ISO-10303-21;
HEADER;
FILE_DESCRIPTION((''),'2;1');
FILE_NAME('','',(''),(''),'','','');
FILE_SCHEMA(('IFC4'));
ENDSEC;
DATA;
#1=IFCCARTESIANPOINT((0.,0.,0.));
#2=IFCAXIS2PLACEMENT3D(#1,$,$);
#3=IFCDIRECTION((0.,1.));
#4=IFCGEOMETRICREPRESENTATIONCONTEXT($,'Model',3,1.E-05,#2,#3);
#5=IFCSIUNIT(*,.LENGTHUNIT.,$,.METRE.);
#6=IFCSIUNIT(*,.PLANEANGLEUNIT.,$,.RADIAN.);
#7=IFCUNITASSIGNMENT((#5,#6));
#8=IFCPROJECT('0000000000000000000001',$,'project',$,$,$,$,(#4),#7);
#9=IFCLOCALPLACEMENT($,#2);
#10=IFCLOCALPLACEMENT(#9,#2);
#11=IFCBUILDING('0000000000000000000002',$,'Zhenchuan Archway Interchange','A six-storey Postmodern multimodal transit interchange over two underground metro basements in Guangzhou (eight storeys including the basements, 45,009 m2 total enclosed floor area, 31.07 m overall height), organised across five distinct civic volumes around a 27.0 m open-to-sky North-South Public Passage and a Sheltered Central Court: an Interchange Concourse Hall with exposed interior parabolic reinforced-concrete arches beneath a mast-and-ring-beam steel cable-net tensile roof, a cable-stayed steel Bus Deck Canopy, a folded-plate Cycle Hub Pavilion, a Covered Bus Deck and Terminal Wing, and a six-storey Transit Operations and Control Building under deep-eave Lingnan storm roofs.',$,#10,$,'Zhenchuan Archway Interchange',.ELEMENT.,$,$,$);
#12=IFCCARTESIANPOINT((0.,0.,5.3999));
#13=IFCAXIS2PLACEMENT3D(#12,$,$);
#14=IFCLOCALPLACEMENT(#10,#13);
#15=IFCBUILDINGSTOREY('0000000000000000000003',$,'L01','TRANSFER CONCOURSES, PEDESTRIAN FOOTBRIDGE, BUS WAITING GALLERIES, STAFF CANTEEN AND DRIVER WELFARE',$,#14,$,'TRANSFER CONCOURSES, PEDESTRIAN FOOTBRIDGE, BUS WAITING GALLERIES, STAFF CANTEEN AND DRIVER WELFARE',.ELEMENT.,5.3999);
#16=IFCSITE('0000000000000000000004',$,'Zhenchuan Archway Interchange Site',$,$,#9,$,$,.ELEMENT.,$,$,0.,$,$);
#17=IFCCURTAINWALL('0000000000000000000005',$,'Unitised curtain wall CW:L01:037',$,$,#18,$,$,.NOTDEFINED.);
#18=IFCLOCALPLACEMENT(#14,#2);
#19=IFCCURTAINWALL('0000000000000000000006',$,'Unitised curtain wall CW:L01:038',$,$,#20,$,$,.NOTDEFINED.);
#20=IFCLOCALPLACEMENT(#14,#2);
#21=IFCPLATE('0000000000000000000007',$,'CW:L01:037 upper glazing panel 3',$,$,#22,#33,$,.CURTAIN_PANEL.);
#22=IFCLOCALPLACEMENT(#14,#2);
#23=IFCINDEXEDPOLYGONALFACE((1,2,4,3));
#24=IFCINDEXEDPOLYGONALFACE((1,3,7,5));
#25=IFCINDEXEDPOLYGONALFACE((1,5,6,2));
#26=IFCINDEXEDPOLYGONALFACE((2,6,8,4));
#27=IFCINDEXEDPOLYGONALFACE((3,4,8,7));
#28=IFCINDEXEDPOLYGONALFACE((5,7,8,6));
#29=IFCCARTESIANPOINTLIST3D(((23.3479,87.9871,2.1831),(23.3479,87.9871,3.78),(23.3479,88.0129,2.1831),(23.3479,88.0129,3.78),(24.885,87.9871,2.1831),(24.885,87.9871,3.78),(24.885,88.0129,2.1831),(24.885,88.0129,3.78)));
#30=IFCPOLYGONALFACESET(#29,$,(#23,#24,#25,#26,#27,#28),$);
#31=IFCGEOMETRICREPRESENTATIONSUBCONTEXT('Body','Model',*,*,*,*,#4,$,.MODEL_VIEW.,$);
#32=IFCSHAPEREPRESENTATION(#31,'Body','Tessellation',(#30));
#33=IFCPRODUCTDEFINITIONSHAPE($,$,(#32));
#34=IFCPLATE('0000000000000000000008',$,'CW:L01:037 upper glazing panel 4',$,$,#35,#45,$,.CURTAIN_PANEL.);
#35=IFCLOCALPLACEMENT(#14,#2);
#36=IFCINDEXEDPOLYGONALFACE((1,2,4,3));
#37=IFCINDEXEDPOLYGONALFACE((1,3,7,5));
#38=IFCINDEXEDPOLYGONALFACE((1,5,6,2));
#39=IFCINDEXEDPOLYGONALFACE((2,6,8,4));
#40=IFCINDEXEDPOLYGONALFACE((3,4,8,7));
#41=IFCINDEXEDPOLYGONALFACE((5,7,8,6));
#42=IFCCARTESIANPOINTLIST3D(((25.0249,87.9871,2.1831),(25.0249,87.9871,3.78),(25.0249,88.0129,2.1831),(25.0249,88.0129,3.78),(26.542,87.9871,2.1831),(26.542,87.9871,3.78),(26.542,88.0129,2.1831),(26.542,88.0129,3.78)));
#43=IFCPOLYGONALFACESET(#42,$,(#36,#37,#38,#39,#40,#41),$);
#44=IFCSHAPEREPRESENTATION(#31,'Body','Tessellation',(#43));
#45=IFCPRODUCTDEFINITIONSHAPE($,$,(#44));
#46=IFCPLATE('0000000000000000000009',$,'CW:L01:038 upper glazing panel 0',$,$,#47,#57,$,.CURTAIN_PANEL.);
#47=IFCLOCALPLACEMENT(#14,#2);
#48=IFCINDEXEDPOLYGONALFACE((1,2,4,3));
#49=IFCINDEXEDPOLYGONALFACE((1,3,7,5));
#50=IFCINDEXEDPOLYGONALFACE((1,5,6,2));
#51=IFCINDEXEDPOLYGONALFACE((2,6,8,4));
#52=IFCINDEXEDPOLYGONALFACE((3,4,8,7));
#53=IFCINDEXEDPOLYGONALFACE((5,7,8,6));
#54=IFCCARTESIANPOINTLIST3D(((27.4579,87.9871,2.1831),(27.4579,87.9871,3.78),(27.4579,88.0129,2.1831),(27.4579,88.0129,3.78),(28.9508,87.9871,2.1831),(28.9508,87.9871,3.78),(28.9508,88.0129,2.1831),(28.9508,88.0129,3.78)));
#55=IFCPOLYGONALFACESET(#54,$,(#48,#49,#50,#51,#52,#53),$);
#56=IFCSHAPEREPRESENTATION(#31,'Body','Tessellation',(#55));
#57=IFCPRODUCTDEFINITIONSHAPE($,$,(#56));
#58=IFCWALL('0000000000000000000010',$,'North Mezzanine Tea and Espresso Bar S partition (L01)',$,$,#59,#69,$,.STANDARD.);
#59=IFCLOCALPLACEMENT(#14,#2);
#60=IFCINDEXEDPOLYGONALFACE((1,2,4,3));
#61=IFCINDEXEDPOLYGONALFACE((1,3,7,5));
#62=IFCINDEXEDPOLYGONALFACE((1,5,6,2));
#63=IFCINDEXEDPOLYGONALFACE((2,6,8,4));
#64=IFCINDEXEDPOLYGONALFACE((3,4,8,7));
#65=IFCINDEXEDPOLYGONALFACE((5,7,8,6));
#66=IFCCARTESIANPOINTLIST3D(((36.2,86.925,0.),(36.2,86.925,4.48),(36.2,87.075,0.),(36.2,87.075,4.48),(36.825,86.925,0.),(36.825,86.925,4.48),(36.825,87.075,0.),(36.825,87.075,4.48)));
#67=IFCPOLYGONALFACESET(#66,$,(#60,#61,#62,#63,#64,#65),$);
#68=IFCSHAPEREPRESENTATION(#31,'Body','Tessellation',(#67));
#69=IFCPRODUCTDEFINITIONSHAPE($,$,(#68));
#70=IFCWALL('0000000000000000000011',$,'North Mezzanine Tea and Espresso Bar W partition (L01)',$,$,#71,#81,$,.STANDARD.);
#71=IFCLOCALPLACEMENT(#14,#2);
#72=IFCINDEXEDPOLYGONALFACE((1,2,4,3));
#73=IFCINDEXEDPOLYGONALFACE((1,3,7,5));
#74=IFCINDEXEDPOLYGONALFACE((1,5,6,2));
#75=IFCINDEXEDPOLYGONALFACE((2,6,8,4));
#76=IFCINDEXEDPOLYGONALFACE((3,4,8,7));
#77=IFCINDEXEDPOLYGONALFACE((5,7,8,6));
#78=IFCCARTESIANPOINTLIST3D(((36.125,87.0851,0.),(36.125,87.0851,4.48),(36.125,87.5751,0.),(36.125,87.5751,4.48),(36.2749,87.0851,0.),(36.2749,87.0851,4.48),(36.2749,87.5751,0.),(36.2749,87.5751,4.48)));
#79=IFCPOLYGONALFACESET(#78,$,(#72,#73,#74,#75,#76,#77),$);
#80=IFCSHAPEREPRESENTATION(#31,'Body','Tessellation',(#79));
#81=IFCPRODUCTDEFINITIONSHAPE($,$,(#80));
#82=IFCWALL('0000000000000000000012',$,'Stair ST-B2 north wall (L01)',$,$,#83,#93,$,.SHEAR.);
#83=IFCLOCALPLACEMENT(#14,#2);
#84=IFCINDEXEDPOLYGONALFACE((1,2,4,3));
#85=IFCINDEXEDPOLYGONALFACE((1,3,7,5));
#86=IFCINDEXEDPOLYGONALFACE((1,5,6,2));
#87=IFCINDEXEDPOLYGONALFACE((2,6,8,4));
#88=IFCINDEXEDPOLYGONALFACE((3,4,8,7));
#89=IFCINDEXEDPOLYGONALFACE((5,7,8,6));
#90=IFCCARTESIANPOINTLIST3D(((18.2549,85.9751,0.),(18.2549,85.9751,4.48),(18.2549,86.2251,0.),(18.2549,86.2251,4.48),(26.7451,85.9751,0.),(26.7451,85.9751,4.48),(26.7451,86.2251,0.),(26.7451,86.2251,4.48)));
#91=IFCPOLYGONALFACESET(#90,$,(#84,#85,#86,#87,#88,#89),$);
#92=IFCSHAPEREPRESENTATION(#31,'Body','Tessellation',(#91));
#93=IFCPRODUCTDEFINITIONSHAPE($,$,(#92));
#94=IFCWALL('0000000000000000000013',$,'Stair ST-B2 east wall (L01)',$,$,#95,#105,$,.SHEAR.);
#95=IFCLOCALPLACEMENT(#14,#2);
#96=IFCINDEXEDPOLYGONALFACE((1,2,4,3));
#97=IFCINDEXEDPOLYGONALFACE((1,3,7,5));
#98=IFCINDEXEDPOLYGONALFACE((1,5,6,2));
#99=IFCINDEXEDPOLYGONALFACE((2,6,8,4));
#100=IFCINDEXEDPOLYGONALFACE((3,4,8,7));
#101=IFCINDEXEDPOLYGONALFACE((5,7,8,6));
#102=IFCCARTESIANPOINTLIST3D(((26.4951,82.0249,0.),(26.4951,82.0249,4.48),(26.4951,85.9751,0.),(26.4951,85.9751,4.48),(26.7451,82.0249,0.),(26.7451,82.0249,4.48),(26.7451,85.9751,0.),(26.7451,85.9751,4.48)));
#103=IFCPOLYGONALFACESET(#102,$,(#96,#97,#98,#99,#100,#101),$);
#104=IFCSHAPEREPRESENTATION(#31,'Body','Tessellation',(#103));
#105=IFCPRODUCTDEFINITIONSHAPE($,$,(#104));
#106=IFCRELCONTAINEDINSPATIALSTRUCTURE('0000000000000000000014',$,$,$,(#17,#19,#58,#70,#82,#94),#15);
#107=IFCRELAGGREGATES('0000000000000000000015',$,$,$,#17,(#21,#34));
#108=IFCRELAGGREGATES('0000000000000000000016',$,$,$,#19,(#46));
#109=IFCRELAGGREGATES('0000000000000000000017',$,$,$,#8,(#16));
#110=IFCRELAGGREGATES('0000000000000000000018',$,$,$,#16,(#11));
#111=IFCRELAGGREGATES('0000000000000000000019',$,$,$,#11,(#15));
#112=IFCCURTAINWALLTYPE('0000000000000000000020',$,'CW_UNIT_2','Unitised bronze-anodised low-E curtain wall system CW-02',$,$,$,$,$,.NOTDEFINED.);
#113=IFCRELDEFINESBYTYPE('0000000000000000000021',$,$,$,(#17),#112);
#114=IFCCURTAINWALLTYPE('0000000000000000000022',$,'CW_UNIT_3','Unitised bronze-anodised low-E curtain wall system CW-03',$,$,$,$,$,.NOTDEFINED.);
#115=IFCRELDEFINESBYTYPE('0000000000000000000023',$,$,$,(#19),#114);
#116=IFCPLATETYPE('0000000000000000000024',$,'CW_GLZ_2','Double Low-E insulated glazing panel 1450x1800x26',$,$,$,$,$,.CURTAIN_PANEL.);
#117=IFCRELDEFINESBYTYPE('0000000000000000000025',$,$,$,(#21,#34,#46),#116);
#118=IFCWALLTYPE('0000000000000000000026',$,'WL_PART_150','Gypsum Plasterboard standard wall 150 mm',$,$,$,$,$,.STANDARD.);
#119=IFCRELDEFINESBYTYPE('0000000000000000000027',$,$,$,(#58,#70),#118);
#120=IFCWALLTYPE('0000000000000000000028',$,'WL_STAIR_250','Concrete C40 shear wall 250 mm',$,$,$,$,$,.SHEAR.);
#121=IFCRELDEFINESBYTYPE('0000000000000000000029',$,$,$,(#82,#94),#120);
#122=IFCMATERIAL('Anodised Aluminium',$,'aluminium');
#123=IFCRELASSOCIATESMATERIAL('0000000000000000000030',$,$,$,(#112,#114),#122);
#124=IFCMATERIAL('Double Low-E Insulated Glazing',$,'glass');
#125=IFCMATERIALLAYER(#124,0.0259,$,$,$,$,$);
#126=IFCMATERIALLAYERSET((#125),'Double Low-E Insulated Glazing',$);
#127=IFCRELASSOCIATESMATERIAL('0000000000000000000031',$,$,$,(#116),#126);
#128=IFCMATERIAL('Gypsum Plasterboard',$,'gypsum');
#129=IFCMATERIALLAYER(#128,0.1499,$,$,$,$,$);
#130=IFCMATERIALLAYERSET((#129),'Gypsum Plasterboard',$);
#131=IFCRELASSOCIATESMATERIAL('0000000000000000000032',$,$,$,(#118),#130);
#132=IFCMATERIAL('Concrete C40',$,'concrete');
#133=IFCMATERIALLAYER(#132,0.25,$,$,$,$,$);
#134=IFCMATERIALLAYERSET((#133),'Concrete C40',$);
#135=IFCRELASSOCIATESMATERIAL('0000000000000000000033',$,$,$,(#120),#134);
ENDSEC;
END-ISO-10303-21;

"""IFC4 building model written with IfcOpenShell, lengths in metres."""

from ifc_helpers import new_model, si_unit, direction, frame, frame_2d, origin, origin_2d, place, context, subcontext, project, spatial, rectangle, extrude, material, layer, layer_set, type_object, element, aggregate, save


model = new_model("IFC4")

# Units and contexts
model_context = context("Model", 3, precision=1e-05, world=origin(), true_north=direction((0.0, 1.0)))
body_context = subcontext(model_context, "Body", "Model", "MODEL_VIEW")
ifc_project = project(units=[si_unit("LENGTHUNIT", "METRE"), si_unit("PLANEANGLEUNIT", "RADIAN")], contexts=[model_context])

# Site, building, storey
site_placement = place(None, origin())
site = spatial("IfcSite", under=ifc_project, at=site_placement, Name="Zhenchuan Archway Interchange Site", CompositionType="ELEMENT", RefElevation=0.0)
building_placement = place(site_placement, origin())
building = spatial("IfcBuilding", under=site, at=building_placement, Name="Zhenchuan Archway Interchange", Description="A six-storey Postmodern multimodal transit interchange over two underground metro basements in Guangzhou (eight storeys including the basements, 45,009 m2 total enclosed floor area, 31.07 m overall height), organised across five distinct civic volumes around a 27.0 m open-to-sky North-South Public Passage and a Sheltered Central Court: an Interchange Concourse Hall with exposed interior parabolic reinforced-concrete arches beneath a mast-and-ring-beam steel cable-net tensile roof, a cable-stayed steel Bus Deck Canopy, a folded-plate Cycle Hub Pavilion, a Covered Bus Deck and Terminal Wing, and a six-storey Transit Operations and Control Building under deep-eave Lingnan storm roofs.", LongName="Zhenchuan Archway Interchange", CompositionType="ELEMENT")
storey_placement = place(building_placement, frame((0.0, 0.0, 5.3999)))
storey = spatial("IfcBuildingStorey", under=building, at=storey_placement, Name="L01", Description="TRANSFER CONCOURSES, PEDESTRIAN FOOTBRIDGE, BUS WAITING GALLERIES, STAFF CANTEEN AND DRIVER WELFARE", LongName="TRANSFER CONCOURSES, PEDESTRIAN FOOTBRIDGE, BUS WAITING GALLERIES, STAFF CANTEEN AND DRIVER WELFARE", CompositionType="ELEMENT", Elevation=5.3999)

# Shared definitions
ifc_material_1 = material(Name="Concrete C40", Category="concrete")

# Curtain walls
ifc_material_2 = material(Name="Anodised Aluminium", Category="aluminium")
curtain_wall_type_1 = type_object("IfcCurtainWallType", Name="CW_UNIT_2", Description="Unitised bronze-anodised low-E curtain wall system CW-02", PredefinedType="NOTDEFINED", material=ifc_material_2)
curtain_wall_1_placement = place(storey_placement, origin())
curtain_wall_1 = element("IfcCurtainWall", 1, at=curtain_wall_1_placement, inside=storey, type_object=curtain_wall_type_1, Name="Unitised curtain wall CW:L01:037", PredefinedType="NOTDEFINED")
curtain_wall_type_2 = type_object("IfcCurtainWallType", Name="CW_UNIT_3", Description="Unitised bronze-anodised low-E curtain wall system CW-03", PredefinedType="NOTDEFINED", material=ifc_material_2)
curtain_wall_2_placement = place(storey_placement, origin())
curtain_wall_2 = element("IfcCurtainWall", 2, at=curtain_wall_2_placement, inside=storey, type_object=curtain_wall_type_2, Name="Unitised curtain wall CW:L01:038", PredefinedType="NOTDEFINED")

# Plates
ifc_material_3 = material(Name="Double Low-E Insulated Glazing", Category="glass")
ifc_layer_1 = layer(ifc_material_3, 0.0259)
ifc_layer_set_1 = layer_set([ifc_layer_1], Name="Double Low-E Insulated Glazing")
plate_type_1 = type_object("IfcPlateType", Name="CW_GLZ_2", Description="Double Low-E insulated glazing panel 1450x1800x26", PredefinedType="CURTAIN_PANEL", material=ifc_layer_set_1)
plate_1_placement = place(storey_placement, frame((24.1165, 88.0, 2.1831), z_axis=(0.0, 0.0, 1.0), x_axis=(1.0, 0.0, 0.0)))
plate_1 = element("IfcPlate", 3, at=plate_1_placement, type_object=plate_type_1, Name="CW:L01:037 upper glazing panel 3", PredefinedType="CURTAIN_PANEL", context=body_context, shape_type="SweptSolid", body=[
    extrude(rectangle(XDim=1.5371, YDim=0.0259, at=origin_2d()), origin(), (0.0, 0.0, 1.0), 1.5969),
])
plate_2_placement = place(storey_placement, frame((25.7834, 88.0, 2.1831), z_axis=(0.0, 0.0, 1.0), x_axis=(1.0, 0.0, 0.0)))
plate_2 = element("IfcPlate", 4, at=plate_2_placement, type_object=plate_type_1, Name="CW:L01:037 upper glazing panel 4", PredefinedType="CURTAIN_PANEL", context=body_context, shape_type="SweptSolid", body=[
    extrude(rectangle(XDim=1.5171, YDim=0.0259, at=origin_2d()), origin(), (0.0, 0.0, 1.0), 1.5969),
])
aggregate(curtain_wall_1, [plate_1, plate_2])
plate_3_placement = place(storey_placement, frame((28.2043, 88.0, 2.1831), z_axis=(0.0, 0.0, 1.0), x_axis=(1.0, 0.0, 0.0)))
plate_3 = element("IfcPlate", 5, at=plate_3_placement, type_object=plate_type_1, Name="CW:L01:038 upper glazing panel 0", PredefinedType="CURTAIN_PANEL", context=body_context, shape_type="SweptSolid", body=[
    extrude(rectangle(XDim=1.4929, YDim=0.0259, at=origin_2d()), origin(), (0.0, 0.0, 1.0), 1.5969),
])
aggregate(curtain_wall_2, [plate_3])

# Walls
ifc_material_4 = material(Name="Gypsum Plasterboard", Category="gypsum")
ifc_layer_2 = layer(ifc_material_4, 0.1499)
ifc_layer_set_2 = layer_set([ifc_layer_2], Name="Gypsum Plasterboard")
wall_type_1 = type_object("IfcWallType", Name="WL_PART_150", Description="Gypsum Plasterboard standard wall 150 mm", PredefinedType="STANDARD", material=ifc_layer_set_2)
wall_1_placement = place(storey_placement, frame((36.2, 87.0, 0.0), z_axis=(0.0, 0.0, 1.0), x_axis=(1.0, 0.0, 0.0)))
element("IfcWall", 6, at=wall_1_placement, inside=storey, type_object=wall_type_1, Name="North Mezzanine Tea and Espresso Bar S partition (L01)", PredefinedType="STANDARD", context=body_context, shape_type="SweptSolid", body=[
    extrude(rectangle(XDim=0.625, YDim=0.1499, at=frame_2d((0.3125, 0.0))), origin(), (0.0, 0.0, 1.0), 4.48),
])
wall_2_placement = place(storey_placement, frame((36.2, 87.085, 0.0), z_axis=(0.0, 0.0, 1.0), x_axis=(0.0, 1.0, 0.0)))
element("IfcWall", 7, at=wall_2_placement, inside=storey, type_object=wall_type_1, Name="North Mezzanine Tea and Espresso Bar W partition (L01)", PredefinedType="STANDARD", context=body_context, shape_type="SweptSolid", body=[
    extrude(rectangle(XDim=0.49, YDim=0.1499, at=frame_2d((0.2451, 0.0))), origin(), (0.0, 0.0, 1.0), 4.48),
])
ifc_layer_3 = layer(ifc_material_1, 0.25)
ifc_layer_set_3 = layer_set([ifc_layer_3], Name="Concrete C40")
wall_type_2 = type_object("IfcWallType", Name="WL_STAIR_250", Description="Concrete C40 shear wall 250 mm", PredefinedType="SHEAR", material=ifc_layer_set_3)
wall_3_placement = place(storey_placement, frame((26.7451, 86.1001, 0.0), z_axis=(0.0, 0.0, 1.0), x_axis=(-1.0, 0.0, 0.0)))
element("IfcWall", 8, at=wall_3_placement, inside=storey, type_object=wall_type_2, Name="Stair ST-B2 north wall (L01)", PredefinedType="SHEAR", context=body_context, shape_type="SweptSolid", body=[
    extrude(rectangle(XDim=8.4902, YDim=0.25, at=frame_2d((4.2451, 0.0))), origin(), (0.0, 0.0, 1.0), 4.48),
])
wall_4_placement = place(storey_placement, frame((26.6201, 82.0249, 0.0), z_axis=(0.0, 0.0, 1.0), x_axis=(0.0, 1.0, 0.0)))
element("IfcWall", 9, at=wall_4_placement, inside=storey, type_object=wall_type_2, Name="Stair ST-B2 east wall (L01)", PredefinedType="SHEAR", context=body_context, shape_type="SweptSolid", body=[
    extrude(rectangle(XDim=3.9502, YDim=0.25, at=frame_2d((1.9751, 0.0))), origin(), (0.0, 0.0, 1.0), 4.48),
])

save(model, "model.ifc")
